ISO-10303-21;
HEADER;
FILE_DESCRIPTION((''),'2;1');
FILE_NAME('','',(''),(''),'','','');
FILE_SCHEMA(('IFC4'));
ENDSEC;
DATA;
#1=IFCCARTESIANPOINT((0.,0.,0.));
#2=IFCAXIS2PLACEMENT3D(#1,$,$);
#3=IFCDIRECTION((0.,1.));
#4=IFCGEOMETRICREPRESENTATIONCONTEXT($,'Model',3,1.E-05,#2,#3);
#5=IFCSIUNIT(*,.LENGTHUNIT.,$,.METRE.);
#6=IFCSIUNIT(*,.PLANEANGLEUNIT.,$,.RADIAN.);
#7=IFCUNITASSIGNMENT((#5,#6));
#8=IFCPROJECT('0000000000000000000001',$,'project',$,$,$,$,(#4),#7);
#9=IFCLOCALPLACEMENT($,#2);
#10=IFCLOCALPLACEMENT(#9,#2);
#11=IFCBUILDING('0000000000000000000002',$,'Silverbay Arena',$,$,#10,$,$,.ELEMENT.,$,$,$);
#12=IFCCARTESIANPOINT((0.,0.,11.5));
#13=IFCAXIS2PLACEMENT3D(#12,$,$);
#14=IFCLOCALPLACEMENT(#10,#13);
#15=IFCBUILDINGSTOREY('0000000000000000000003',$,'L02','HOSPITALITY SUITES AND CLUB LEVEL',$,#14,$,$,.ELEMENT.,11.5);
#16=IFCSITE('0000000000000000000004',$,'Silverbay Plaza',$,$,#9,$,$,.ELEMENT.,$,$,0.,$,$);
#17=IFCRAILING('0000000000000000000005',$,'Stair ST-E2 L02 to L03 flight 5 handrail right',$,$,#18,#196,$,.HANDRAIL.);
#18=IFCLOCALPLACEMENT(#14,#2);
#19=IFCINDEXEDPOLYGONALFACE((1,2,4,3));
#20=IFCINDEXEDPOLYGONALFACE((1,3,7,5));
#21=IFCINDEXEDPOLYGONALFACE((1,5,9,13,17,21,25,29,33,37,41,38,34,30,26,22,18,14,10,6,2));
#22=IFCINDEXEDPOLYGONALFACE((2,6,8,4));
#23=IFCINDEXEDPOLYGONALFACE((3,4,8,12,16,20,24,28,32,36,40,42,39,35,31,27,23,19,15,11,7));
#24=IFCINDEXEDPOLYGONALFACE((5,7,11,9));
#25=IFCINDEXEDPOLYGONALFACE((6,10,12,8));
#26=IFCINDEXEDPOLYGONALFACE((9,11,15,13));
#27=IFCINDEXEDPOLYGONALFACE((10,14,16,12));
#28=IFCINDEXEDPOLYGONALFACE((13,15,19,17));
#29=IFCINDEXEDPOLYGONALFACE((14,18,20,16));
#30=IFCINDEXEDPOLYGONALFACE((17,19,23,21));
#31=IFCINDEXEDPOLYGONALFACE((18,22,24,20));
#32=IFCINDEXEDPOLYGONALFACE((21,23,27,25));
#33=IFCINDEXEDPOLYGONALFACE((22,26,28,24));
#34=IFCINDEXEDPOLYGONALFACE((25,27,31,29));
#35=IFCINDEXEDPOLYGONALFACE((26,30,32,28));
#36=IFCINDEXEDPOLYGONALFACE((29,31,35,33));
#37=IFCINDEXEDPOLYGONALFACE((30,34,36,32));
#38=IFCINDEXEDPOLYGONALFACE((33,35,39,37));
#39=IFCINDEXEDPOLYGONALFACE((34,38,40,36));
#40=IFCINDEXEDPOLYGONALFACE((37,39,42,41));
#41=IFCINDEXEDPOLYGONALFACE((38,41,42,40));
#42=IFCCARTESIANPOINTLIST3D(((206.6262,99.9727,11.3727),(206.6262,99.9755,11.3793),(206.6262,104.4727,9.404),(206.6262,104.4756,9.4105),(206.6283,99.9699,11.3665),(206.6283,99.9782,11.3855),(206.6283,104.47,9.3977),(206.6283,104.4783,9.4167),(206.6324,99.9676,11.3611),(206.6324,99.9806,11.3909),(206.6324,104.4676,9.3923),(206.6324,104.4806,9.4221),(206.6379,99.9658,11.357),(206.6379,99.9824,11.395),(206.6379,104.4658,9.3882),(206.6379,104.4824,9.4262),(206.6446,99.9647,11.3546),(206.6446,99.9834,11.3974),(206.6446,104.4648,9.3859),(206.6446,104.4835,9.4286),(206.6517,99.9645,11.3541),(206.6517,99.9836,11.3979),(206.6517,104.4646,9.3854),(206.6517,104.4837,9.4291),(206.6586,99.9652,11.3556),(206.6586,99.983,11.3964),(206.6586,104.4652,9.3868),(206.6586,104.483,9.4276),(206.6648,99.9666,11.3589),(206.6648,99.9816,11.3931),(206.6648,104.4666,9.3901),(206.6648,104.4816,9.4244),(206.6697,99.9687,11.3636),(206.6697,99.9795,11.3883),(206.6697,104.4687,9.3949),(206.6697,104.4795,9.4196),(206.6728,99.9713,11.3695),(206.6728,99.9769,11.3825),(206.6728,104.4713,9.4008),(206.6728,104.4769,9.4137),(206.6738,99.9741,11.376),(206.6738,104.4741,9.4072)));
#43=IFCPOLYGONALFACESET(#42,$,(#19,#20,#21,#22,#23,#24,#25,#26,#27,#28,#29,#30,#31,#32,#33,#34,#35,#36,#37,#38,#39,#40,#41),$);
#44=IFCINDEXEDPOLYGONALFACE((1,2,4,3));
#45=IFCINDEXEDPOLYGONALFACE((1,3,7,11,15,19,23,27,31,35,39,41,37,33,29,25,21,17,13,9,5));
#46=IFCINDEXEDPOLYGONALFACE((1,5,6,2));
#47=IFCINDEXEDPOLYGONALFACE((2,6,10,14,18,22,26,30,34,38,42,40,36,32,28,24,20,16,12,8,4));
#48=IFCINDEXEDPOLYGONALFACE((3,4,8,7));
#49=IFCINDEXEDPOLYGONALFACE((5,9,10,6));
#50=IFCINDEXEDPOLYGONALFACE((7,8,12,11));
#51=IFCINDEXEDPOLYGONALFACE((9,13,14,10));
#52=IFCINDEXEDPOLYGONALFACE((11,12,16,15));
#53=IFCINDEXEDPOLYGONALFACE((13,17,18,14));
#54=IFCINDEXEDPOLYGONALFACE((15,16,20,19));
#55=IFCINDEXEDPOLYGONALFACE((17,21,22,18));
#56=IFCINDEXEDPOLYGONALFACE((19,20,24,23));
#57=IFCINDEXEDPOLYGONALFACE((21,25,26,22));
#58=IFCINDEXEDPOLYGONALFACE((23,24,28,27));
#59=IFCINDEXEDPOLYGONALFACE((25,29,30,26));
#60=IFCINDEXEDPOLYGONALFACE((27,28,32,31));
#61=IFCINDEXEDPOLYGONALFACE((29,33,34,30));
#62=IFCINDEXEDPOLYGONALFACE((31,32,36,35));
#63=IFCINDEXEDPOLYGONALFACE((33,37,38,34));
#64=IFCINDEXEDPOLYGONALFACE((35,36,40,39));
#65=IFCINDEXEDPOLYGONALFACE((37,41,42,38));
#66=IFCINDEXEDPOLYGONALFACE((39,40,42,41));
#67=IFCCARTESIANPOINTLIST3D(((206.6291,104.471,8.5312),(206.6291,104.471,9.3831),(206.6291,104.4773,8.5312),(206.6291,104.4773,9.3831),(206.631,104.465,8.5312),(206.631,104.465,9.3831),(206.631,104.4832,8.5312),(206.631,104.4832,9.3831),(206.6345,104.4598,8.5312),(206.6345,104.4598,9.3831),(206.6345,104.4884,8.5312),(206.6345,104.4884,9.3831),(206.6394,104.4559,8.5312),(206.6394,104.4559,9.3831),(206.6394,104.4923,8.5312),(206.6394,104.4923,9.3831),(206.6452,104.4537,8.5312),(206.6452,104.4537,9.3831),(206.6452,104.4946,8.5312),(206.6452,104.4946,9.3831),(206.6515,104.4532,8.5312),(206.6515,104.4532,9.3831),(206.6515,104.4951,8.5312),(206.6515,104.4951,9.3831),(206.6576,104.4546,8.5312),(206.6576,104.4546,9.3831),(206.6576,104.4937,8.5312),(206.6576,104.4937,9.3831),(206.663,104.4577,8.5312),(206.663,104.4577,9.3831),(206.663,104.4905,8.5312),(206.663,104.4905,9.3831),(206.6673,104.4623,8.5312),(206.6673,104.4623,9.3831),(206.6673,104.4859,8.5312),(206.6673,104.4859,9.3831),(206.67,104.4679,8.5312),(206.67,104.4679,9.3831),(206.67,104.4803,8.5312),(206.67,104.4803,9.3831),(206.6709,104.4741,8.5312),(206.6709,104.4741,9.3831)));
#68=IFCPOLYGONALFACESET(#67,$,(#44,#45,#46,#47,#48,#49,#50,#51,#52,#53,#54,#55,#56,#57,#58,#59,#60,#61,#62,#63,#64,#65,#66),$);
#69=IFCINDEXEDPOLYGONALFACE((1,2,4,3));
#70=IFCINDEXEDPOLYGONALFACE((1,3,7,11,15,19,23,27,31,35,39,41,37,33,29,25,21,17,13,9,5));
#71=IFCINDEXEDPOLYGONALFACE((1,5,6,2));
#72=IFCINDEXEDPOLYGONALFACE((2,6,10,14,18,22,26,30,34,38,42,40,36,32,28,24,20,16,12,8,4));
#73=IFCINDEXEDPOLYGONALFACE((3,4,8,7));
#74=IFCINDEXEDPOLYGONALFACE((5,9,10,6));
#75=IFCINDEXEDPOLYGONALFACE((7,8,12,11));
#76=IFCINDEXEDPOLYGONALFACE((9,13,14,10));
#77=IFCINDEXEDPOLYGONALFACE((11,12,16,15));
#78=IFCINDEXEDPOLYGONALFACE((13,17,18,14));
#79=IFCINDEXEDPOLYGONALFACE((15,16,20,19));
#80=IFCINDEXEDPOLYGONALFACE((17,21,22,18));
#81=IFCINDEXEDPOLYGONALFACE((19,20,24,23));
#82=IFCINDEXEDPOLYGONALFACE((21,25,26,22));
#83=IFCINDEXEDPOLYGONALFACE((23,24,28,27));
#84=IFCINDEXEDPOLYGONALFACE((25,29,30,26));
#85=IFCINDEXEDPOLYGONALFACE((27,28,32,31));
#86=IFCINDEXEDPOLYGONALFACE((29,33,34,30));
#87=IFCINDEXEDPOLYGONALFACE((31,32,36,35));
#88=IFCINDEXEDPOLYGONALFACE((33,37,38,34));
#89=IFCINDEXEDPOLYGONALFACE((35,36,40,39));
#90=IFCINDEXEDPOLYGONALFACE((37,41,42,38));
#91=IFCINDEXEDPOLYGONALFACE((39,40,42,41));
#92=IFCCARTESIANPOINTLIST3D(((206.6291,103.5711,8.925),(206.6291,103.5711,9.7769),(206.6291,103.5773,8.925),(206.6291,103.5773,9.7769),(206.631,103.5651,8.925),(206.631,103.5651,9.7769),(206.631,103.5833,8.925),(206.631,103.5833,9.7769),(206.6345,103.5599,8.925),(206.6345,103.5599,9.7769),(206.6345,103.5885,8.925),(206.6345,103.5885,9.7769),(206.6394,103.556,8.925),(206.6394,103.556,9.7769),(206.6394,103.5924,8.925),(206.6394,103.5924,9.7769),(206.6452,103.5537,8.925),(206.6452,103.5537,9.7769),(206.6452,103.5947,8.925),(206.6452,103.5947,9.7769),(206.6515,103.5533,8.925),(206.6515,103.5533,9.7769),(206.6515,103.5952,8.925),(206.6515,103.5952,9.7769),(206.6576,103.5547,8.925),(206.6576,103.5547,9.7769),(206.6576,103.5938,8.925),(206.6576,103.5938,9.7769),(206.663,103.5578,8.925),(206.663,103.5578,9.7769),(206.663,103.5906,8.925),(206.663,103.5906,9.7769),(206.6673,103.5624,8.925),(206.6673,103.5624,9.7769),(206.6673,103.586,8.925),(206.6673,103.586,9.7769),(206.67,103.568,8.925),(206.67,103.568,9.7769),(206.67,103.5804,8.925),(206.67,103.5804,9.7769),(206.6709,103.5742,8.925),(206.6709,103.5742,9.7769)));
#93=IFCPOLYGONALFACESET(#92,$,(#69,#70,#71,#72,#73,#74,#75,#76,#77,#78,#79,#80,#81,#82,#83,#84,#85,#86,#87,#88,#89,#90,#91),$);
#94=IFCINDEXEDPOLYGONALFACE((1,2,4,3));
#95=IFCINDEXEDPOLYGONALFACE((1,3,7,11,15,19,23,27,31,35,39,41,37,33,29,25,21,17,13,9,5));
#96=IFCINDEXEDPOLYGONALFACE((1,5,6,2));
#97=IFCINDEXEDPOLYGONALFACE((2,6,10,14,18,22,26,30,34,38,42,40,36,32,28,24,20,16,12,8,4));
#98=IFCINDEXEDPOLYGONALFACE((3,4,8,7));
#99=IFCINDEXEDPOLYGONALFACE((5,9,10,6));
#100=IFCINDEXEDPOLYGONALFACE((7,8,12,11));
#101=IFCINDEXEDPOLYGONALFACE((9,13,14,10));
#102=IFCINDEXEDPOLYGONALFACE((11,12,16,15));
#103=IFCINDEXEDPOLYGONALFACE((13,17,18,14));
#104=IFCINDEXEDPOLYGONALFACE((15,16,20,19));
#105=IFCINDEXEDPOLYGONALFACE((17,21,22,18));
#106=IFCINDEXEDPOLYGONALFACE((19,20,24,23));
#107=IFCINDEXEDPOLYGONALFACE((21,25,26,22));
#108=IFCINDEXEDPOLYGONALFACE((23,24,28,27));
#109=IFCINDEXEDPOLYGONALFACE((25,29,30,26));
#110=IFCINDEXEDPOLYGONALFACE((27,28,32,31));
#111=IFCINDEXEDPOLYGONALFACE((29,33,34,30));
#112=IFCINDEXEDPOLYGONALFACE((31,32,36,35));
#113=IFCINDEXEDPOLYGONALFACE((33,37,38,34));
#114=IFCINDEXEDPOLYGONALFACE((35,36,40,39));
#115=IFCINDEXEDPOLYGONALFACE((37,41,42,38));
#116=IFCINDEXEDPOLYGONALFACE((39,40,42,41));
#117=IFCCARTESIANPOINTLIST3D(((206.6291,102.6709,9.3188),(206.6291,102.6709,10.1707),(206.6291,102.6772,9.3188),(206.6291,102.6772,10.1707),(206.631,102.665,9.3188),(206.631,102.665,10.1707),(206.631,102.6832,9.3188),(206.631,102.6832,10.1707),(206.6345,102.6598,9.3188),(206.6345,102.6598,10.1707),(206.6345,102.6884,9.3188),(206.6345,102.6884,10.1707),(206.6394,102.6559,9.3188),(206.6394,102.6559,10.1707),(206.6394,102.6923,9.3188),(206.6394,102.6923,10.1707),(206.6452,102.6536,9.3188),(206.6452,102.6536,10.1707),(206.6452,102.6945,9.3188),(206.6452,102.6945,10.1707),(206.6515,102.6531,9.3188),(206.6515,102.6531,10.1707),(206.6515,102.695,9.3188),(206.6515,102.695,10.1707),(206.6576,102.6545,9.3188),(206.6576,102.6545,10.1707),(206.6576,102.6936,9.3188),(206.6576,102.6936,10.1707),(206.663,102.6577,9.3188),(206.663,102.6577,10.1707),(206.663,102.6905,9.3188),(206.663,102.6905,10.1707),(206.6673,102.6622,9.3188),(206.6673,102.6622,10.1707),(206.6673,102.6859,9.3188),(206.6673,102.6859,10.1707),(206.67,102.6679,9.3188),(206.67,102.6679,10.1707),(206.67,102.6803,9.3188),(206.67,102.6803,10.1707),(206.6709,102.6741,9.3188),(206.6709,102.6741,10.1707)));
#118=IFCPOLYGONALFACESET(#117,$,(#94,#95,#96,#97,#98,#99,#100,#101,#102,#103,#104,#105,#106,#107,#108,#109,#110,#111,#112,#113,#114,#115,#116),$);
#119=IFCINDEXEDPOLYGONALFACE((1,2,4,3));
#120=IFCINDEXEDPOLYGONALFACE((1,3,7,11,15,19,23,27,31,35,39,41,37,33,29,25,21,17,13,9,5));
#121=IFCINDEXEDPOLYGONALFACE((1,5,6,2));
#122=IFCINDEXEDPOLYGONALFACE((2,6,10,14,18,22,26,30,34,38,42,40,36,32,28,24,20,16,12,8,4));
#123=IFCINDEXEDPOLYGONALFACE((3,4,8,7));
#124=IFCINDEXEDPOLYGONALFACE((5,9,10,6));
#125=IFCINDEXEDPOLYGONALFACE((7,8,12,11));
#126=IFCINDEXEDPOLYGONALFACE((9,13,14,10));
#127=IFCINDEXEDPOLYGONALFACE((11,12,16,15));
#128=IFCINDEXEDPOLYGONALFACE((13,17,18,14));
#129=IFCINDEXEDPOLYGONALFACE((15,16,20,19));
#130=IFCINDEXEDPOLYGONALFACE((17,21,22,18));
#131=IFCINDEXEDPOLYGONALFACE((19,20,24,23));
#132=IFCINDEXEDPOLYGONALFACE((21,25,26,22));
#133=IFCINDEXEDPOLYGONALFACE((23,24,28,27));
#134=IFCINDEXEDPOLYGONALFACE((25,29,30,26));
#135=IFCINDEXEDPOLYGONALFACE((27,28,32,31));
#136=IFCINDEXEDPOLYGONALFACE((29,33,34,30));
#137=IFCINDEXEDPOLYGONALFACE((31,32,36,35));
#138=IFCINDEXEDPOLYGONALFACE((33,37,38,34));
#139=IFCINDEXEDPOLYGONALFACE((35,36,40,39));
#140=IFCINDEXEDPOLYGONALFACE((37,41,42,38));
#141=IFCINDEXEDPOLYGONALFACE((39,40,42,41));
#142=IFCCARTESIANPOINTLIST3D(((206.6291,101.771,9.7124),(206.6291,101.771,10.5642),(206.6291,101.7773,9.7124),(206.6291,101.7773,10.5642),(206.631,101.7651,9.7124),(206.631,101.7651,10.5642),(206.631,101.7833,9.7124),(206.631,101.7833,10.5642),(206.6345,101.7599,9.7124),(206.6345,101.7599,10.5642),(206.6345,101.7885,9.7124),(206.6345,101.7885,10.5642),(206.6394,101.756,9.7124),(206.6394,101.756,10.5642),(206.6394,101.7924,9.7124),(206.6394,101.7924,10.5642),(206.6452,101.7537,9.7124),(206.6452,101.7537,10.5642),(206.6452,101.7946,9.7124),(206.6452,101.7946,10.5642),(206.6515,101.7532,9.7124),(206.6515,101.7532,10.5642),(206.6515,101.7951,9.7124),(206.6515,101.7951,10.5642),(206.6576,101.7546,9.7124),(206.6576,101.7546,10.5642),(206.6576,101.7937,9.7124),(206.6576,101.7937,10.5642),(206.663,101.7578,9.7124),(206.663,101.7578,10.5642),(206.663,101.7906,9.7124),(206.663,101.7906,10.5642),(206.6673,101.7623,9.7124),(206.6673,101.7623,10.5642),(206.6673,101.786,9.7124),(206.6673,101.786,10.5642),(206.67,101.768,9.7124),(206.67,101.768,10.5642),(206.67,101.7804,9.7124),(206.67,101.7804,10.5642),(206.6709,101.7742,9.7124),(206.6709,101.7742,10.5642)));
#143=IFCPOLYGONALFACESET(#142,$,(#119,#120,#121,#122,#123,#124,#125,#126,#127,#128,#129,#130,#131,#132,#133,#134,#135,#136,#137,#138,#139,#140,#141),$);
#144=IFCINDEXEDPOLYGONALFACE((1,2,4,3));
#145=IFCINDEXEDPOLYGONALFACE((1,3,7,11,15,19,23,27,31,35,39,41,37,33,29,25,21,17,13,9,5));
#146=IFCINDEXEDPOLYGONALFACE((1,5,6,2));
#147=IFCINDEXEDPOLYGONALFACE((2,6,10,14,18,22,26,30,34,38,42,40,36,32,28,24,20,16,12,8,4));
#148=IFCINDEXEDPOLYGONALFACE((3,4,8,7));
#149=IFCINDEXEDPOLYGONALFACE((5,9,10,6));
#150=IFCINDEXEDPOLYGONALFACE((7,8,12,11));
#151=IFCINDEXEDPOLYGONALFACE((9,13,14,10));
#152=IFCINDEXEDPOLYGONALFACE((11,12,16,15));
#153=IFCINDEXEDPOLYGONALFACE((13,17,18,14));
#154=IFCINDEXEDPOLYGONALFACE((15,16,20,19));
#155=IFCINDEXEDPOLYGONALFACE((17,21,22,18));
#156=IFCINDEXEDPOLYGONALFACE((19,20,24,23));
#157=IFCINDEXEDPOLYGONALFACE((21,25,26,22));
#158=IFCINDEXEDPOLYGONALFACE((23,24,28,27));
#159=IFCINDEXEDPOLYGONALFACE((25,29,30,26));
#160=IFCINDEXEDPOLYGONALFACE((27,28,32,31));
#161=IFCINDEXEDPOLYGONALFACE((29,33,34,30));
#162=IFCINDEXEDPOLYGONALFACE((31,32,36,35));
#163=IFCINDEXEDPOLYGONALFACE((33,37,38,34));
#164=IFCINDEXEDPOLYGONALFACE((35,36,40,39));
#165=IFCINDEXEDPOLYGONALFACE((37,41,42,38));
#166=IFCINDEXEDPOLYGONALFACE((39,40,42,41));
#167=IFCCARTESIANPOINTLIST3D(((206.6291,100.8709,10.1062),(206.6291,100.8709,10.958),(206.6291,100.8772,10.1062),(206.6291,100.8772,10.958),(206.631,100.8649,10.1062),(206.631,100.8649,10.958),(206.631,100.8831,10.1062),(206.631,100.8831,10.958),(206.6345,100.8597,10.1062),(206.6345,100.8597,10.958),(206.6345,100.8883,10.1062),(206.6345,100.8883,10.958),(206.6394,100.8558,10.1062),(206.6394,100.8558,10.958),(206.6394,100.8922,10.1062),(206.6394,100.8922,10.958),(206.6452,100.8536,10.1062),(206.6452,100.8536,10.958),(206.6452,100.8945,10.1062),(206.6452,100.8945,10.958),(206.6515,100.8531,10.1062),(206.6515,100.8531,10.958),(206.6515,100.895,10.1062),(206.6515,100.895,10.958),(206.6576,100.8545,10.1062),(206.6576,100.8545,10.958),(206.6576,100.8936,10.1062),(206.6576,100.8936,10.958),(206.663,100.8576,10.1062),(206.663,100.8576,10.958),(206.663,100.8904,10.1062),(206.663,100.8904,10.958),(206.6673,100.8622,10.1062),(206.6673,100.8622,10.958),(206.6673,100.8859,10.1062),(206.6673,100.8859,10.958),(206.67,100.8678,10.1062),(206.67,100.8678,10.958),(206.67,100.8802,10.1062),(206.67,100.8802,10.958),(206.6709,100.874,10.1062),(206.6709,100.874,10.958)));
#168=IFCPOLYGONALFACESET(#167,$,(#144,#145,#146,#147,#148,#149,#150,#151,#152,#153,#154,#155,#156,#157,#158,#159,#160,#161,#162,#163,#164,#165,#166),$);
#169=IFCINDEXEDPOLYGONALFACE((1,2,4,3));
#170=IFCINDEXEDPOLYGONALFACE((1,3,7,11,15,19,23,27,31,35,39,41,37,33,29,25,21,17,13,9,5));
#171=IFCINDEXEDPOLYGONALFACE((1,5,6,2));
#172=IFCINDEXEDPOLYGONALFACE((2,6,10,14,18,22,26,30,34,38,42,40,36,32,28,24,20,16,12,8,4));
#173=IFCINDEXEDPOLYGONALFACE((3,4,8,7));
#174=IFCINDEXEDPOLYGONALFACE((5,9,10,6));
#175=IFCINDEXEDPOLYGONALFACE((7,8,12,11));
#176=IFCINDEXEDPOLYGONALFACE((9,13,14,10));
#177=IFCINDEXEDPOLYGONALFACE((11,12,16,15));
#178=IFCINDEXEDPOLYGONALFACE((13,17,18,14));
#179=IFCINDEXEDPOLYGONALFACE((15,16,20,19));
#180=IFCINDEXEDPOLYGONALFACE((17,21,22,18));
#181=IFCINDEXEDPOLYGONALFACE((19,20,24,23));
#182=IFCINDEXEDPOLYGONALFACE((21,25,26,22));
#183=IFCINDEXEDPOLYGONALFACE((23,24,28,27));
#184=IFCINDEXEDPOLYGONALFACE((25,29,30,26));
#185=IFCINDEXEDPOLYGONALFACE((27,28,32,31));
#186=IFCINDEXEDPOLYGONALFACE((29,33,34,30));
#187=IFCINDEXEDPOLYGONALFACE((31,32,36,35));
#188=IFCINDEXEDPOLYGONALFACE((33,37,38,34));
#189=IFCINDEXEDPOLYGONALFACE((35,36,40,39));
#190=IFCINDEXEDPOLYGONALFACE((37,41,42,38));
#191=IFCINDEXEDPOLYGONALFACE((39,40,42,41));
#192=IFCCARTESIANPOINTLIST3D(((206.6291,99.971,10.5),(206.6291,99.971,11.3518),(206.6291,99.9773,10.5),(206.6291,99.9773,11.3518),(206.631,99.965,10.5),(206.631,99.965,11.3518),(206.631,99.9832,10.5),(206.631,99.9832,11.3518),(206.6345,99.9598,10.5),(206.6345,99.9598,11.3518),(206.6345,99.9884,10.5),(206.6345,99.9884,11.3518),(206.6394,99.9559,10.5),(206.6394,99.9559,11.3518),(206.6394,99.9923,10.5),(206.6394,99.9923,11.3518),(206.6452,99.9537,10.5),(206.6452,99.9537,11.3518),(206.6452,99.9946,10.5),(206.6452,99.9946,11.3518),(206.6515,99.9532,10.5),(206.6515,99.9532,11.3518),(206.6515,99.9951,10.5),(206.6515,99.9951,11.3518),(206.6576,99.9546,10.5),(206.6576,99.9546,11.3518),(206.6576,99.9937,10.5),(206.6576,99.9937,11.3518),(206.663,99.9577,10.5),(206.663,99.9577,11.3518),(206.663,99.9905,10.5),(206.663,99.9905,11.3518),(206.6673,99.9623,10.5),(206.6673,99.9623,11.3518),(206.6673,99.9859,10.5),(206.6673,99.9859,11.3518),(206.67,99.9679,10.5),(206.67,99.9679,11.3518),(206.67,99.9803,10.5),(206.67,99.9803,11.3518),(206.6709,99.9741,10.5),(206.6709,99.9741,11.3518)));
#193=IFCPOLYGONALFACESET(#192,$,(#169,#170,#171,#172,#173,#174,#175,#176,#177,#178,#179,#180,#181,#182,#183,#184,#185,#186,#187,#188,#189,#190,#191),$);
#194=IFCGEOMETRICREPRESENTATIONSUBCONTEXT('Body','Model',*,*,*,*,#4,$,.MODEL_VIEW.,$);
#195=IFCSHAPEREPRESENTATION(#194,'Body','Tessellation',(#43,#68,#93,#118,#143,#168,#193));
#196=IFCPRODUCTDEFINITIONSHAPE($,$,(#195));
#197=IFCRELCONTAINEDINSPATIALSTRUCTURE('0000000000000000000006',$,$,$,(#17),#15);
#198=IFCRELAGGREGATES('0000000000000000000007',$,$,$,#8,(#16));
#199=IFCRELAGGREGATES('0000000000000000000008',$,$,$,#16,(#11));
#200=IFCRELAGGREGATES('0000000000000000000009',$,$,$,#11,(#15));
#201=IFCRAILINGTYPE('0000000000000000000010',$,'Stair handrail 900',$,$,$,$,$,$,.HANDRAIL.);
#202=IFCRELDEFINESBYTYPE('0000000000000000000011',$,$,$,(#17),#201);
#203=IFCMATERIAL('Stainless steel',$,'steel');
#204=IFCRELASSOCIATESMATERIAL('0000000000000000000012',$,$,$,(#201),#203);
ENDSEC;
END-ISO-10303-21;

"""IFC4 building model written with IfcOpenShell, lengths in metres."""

from ifc_helpers import new_model, si_unit, direction, frame, origin, origin_2d, place, context, subcontext, project, spatial, circle, extrude, material, type_object, element, save


model = new_model("IFC4")

# Units and contexts
model_context = context("Model", 3, precision=1e-05, world=origin(), true_north=direction((0.0, 1.0)))
body_context = subcontext(model_context, "Body", "Model", "MODEL_VIEW")
ifc_project = project(units=[si_unit("LENGTHUNIT", "METRE"), si_unit("PLANEANGLEUNIT", "RADIAN")], contexts=[model_context])

# Site, building, storey
site_placement = place(None, origin())
site = spatial("IfcSite", under=ifc_project, at=site_placement, Name="Silverbay Plaza", CompositionType="ELEMENT", RefElevation=0.0)
building_placement = place(site_placement, origin())
building = spatial("IfcBuilding", under=site, at=building_placement, Name="Silverbay Arena", CompositionType="ELEMENT")
storey_placement = place(building_placement, frame((0.0, 0.0, 11.5)))
storey = spatial("IfcBuildingStorey", under=building, at=storey_placement, Name="L02", Description="HOSPITALITY SUITES AND CLUB LEVEL", CompositionType="ELEMENT", Elevation=11.5)

# Railing
ifc_material_1 = material(Name="Stainless steel", Category="steel")
railing_type = type_object("IfcRailingType", Name="Stair handrail 900", PredefinedType="HANDRAIL", material=ifc_material_1)
for number, where, name in (
    (1, (206.6499, 104.4741, 8.5312), "Stair ST-E2 L02 to L03 flight 5 handrail right"),
):
    element("IfcRailing", number, at=place(storey_placement, frame(where)), inside=storey, type_object=railing_type, Name=name, PredefinedType="HANDRAIL", context=body_context, shape_type="SweptSolid", body=[
        extrude(circle(Radius=0.0239, at=origin_2d()), frame((0.0, 0.0, 0.876), z_axis=(0.0, -0.916157, 0.400819), x_axis=(1.0, 0.0, 0.0)), (0.0, 0.0, 1.0), 4.9119),
        extrude(circle(Radius=0.021, at=origin_2d()), origin(), (0.0, 0.0, 1.0), 0.8518),
        extrude(circle(Radius=0.021, at=origin_2d()), frame((0.0, -0.8999, 0.3938)), (0.0, 0.0, 1.0), 0.8518),
        extrude(circle(Radius=0.021, at=origin_2d()), frame((0.0, -1.8, 0.7876)), (0.0, 0.0, 1.0), 0.8518),
        extrude(circle(Radius=0.021, at=origin_2d()), frame((0.0, -2.7, 1.1812)), (0.0, 0.0, 1.0), 0.8518),
        extrude(circle(Radius=0.021, at=origin_2d()), frame((0.0, -3.6001, 1.575)), (0.0, 0.0, 1.0), 0.8518),
        extrude(circle(Radius=0.021, at=origin_2d()), frame((0.0, -4.5, 1.9688)), (0.0, 0.0, 1.0), 0.8518),
    ])

save(model, "model.ifc")
